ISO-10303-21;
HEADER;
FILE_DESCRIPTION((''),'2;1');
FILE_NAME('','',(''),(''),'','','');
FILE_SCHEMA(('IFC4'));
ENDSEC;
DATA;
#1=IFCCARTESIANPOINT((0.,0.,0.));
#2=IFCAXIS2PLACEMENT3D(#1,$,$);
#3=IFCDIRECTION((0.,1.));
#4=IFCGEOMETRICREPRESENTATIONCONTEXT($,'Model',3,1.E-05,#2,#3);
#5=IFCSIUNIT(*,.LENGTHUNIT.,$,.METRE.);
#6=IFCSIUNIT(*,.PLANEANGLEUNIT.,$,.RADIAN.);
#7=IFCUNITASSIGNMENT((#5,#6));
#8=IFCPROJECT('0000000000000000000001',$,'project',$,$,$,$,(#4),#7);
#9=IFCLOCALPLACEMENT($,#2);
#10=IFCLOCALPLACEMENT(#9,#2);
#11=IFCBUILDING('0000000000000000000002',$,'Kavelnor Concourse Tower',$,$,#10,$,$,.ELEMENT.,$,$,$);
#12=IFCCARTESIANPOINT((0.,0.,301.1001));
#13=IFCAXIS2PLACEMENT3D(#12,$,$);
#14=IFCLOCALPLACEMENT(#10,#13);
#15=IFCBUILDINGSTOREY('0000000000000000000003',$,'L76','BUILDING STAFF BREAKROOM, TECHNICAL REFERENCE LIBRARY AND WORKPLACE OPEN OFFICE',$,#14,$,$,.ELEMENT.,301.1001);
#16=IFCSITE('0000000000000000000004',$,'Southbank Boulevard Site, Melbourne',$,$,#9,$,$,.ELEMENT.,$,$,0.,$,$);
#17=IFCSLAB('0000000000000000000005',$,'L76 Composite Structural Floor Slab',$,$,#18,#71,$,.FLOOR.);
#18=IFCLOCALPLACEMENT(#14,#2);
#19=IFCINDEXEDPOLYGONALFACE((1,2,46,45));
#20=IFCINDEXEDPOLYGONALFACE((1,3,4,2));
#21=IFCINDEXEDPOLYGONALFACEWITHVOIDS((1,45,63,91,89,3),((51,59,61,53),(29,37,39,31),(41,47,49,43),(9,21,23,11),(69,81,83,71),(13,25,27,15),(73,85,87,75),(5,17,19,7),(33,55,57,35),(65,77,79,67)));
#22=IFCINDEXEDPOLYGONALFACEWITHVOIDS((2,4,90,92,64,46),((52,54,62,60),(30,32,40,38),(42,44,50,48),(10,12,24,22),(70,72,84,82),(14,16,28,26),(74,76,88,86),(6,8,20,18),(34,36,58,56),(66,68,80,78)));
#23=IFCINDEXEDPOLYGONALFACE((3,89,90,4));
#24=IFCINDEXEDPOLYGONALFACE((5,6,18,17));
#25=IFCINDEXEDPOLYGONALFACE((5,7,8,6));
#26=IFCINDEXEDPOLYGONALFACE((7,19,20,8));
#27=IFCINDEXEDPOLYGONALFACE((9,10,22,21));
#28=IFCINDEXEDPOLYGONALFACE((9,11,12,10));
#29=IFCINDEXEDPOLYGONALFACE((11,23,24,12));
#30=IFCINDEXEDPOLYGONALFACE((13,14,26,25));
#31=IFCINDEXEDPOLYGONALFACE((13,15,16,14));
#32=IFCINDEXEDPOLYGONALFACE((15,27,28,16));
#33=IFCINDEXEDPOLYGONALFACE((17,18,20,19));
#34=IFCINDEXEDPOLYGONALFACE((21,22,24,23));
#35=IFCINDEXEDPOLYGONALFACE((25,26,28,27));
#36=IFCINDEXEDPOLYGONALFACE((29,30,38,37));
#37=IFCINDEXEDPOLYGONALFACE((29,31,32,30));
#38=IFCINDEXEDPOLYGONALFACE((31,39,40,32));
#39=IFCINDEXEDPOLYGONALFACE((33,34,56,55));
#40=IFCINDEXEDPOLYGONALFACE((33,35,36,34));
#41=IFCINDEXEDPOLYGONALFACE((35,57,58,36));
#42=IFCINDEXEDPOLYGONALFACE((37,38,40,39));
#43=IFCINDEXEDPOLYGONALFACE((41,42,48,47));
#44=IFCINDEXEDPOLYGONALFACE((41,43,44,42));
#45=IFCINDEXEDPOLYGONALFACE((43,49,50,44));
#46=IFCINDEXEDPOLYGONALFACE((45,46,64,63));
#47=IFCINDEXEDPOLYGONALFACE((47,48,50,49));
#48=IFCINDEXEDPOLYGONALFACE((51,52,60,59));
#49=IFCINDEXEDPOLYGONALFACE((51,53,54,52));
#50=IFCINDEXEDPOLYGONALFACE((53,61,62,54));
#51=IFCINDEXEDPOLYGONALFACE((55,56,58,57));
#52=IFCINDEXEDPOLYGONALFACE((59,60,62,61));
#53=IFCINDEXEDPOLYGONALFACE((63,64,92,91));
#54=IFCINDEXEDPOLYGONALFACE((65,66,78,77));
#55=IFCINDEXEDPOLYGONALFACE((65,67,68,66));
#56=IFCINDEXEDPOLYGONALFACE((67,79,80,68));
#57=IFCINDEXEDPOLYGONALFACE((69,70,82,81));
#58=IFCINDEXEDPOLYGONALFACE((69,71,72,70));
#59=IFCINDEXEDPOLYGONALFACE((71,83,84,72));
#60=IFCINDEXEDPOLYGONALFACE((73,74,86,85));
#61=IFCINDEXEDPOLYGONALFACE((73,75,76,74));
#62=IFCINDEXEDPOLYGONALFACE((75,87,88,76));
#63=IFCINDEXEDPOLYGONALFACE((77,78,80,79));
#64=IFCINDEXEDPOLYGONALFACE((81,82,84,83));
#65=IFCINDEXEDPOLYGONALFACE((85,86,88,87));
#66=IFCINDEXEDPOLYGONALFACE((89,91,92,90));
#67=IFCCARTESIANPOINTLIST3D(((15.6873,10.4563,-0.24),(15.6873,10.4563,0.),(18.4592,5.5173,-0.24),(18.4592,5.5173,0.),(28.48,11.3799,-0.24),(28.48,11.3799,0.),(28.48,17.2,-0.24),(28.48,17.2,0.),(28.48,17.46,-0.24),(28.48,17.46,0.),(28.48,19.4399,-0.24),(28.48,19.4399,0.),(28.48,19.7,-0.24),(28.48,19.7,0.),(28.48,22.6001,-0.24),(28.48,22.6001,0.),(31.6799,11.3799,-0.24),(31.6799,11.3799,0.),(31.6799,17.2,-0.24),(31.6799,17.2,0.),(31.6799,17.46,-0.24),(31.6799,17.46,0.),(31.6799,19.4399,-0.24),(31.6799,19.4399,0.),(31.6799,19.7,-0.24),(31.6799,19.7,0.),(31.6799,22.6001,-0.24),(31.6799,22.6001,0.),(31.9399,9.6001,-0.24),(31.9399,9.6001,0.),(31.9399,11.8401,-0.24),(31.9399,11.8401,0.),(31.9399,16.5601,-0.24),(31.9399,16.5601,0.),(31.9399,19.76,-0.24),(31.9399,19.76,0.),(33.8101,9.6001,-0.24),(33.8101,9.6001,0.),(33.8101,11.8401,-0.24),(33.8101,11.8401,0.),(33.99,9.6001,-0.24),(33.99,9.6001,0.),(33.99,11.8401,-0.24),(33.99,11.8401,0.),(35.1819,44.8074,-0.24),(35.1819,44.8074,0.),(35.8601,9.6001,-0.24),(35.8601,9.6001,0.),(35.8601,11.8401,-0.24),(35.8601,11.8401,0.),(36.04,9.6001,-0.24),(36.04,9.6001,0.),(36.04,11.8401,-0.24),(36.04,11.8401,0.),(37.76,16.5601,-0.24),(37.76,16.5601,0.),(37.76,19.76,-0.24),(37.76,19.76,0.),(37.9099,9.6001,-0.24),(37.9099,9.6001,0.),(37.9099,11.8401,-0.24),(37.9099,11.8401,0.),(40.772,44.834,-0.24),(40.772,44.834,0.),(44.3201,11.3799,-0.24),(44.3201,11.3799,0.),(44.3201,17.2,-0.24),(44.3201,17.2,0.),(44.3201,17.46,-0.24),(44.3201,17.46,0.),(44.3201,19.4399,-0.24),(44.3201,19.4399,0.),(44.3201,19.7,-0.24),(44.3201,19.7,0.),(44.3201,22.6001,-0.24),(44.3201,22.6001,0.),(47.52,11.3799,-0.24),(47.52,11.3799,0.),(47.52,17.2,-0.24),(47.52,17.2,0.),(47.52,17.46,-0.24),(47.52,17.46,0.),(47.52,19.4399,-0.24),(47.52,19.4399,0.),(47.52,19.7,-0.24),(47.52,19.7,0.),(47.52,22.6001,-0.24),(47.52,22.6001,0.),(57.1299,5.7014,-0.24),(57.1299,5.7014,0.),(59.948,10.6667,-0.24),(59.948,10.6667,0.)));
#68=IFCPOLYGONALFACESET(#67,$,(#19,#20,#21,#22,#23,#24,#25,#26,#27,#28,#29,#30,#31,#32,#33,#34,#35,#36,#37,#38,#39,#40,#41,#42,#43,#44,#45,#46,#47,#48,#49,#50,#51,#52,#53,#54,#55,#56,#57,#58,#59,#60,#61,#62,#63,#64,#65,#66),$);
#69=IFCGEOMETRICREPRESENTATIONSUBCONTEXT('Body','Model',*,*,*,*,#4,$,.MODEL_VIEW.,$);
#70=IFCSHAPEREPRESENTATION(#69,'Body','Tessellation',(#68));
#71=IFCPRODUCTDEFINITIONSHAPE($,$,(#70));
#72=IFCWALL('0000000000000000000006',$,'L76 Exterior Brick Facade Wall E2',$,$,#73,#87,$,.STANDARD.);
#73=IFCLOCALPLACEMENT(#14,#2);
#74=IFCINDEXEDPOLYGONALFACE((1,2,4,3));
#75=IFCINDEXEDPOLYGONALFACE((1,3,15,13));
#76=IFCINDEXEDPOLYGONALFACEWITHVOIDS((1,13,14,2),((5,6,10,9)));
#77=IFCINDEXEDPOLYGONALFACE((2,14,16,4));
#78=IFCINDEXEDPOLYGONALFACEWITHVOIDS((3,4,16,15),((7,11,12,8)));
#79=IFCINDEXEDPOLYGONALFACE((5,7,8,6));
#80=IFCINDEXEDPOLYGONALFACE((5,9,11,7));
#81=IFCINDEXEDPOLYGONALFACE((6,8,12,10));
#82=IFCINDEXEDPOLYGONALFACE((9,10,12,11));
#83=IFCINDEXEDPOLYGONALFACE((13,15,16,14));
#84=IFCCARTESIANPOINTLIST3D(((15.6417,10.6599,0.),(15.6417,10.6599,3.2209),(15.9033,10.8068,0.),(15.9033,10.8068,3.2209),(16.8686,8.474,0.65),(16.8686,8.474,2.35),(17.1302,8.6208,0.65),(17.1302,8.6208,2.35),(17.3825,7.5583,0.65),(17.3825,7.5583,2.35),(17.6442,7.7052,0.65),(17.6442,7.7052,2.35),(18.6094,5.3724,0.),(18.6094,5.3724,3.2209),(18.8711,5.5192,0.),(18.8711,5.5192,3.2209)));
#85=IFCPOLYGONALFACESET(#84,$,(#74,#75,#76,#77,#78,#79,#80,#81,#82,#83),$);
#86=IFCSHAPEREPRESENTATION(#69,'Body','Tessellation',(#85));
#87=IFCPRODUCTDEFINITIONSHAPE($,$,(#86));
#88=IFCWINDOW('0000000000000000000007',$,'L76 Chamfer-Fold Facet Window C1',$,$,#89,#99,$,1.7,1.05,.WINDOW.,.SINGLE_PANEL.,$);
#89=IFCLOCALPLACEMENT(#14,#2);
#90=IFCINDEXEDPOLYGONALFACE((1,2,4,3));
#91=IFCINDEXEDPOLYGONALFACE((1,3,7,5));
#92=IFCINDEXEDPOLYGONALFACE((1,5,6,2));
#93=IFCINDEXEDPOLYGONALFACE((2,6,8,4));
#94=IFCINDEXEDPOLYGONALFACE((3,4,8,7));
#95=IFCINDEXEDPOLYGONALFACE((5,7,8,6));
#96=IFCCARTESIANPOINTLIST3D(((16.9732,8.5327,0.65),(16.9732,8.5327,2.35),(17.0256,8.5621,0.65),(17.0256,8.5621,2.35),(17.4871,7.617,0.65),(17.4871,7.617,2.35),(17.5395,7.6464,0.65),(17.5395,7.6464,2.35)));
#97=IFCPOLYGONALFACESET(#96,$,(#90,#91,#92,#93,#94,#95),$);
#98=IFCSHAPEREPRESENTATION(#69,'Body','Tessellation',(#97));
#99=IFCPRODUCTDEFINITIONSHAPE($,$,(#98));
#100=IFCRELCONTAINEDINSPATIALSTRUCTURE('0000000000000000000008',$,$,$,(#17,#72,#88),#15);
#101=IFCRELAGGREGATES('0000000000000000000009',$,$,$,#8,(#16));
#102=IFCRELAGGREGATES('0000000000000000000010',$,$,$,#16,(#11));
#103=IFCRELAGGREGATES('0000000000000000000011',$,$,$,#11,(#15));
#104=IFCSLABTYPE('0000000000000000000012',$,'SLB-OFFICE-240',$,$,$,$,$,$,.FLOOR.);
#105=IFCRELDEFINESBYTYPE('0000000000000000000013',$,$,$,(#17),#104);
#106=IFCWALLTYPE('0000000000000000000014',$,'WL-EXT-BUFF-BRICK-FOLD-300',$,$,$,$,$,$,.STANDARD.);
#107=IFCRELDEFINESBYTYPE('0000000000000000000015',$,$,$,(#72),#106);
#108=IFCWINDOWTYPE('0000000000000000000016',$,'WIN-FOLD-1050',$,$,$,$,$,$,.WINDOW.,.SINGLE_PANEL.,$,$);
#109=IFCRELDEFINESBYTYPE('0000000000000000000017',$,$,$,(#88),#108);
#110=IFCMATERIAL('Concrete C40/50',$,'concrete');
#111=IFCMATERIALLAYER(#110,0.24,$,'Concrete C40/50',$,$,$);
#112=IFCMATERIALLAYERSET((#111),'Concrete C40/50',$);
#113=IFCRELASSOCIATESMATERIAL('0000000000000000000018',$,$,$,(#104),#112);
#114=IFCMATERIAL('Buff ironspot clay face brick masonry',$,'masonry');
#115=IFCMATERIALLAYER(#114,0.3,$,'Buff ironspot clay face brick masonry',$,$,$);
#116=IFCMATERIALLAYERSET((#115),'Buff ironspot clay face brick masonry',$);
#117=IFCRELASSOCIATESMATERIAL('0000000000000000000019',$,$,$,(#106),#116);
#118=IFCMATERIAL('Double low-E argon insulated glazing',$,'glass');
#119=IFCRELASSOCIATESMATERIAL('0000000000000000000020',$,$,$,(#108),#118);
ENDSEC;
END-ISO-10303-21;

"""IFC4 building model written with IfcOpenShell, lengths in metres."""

from ifc_helpers import new_model, si_unit, direction, frame, frame_2d, origin, place, context, subcontext, project, spatial, polyline, rectangle, outline, extrude, material, layer, layer_set, type_object, element, fill, save


model = new_model("IFC4")

# Units and contexts
model_context = context("Model", 3, precision=1e-05, world=origin(), true_north=direction((0.0, 1.0)))
body_context = subcontext(model_context, "Body", "Model", "MODEL_VIEW")
ifc_project = project(units=[si_unit("LENGTHUNIT", "METRE"), si_unit("PLANEANGLEUNIT", "RADIAN")], contexts=[model_context])

# Site, building, storey
site_placement = place(None, origin())
site = spatial("IfcSite", under=ifc_project, at=site_placement, Name="Southbank Boulevard Site, Melbourne", CompositionType="ELEMENT", RefElevation=0.0)
building_placement = place(site_placement, origin())
building = spatial("IfcBuilding", under=site, at=building_placement, Name="Kavelnor Concourse Tower", CompositionType="ELEMENT")
storey_placement = place(building_placement, frame((0.0, 0.0, 301.1001)))
storey = spatial("IfcBuildingStorey", under=building, at=storey_placement, Name="L76", Description="BUILDING STAFF BREAKROOM, TECHNICAL REFERENCE LIBRARY AND WORKPLACE OPEN OFFICE", CompositionType="ELEMENT", Elevation=301.1001)

# Shared definitions
ifc_material_1 = material(Name="Concrete C40/50", Category="concrete")

# Slab
ifc_layer_1 = layer(ifc_material_1, 0.24, Name="Concrete C40/50")
ifc_layer_set_1 = layer_set([ifc_layer_1], Name="Concrete C40/50")
slab_type_1 = type_object("IfcSlabType", Name="SLB-OFFICE-240", PredefinedType="FLOOR", material=ifc_layer_set_1)
slab_1_placement = place(storey_placement, frame((0.0, 0.0, -0.24)))
element("IfcSlab", 1, at=slab_1_placement, inside=storey, type_object=slab_type_1, Name="L76 Composite Structural Floor Slab", PredefinedType="FLOOR", context=body_context, shape_type="SweptSolid", body=[
    extrude(outline(polyline([(40.772, 44.834), (35.1819, 44.8074), (15.6873, 10.4563), (18.4592, 5.5173), (57.1299, 5.7014), (59.948, 10.6667), (40.772, 44.834)]), holes=[polyline([(28.48, 11.3799), (31.6799, 11.3799), (31.6799, 17.2), (28.48, 17.2), (28.48, 11.3799)]), polyline([(44.3201, 11.3799), (47.52, 11.3799), (47.52, 17.2), (44.3201, 17.2), (44.3201, 11.3799)]), polyline([(31.9399, 16.5601), (37.76, 16.5601), (37.76, 19.76), (31.9399, 19.76), (31.9399, 16.5601)]), polyline([(28.48, 19.7), (31.6799, 19.7), (31.6799, 22.6001), (28.48, 22.6001), (28.48, 19.7)]), polyline([(44.3201, 19.7), (47.52, 19.7), (47.52, 22.6001), (44.3201, 22.6001), (44.3201, 19.7)]), polyline([(31.9399, 9.6001), (33.8101, 9.6001), (33.8101, 11.8401), (31.9399, 11.8401), (31.9399, 9.6001)]), polyline([(33.99, 9.6001), (35.8601, 9.6001), (35.8601, 11.8401), (33.99, 11.8401), (33.99, 9.6001)]), polyline([(36.04, 9.6001), (37.9099, 9.6001), (37.9099, 11.8401), (36.04, 11.8401), (36.04, 9.6001)]), polyline([(28.48, 17.46), (31.6799, 17.46), (31.6799, 19.4399), (28.48, 19.4399), (28.48, 17.46)]), polyline([(44.3201, 17.46), (47.52, 17.46), (47.52, 19.4399), (44.3201, 19.4399), (44.3201, 17.46)])]), origin(), (0.0, 0.0, 1.0), 0.24),
])

# Wall, opening, window
ifc_material_2 = material(Name="Buff ironspot clay face brick masonry", Category="masonry")
ifc_layer_2 = layer(ifc_material_2, 0.3, Name="Buff ironspot clay face brick masonry")
ifc_layer_set_2 = layer_set([ifc_layer_2], Name="Buff ironspot clay face brick masonry")
wall_type_1 = type_object("IfcWallType", Name="WL-EXT-BUFF-BRICK-FOLD-300", PredefinedType="STANDARD", material=ifc_layer_set_2)
wall_1_placement = place(storey_placement, frame((18.7402, 5.4458, 0.0), z_axis=(0.0, 0.0, 1.0), x_axis=(-0.489447, 0.872033, 0.0)))
wall_1 = element("IfcWall", 2, at=wall_1_placement, inside=storey, type_object=wall_type_1, Name="L76 Exterior Brick Facade Wall E2", PredefinedType="STANDARD", context=body_context, shape_type="SweptSolid", body=[
    extrude(rectangle(XDim=6.0635, YDim=0.3, at=frame_2d((3.0317, 0.0))), origin(), (0.0, 0.0, 1.0), 3.2209),
])
opening_1_placement = place(wall_1_placement, frame((2.5068, 0.0, 0.6499)))
opening_1 = element("IfcOpeningElement", 3, at=opening_1_placement, cuts=wall_1, PredefinedType="OPENING", context=body_context, shape_type="SweptSolid", body=[
    extrude(rectangle(XDim=1.05, YDim=1.7, at=frame_2d((0.5249, 0.8501))), frame((0.0, 0.1602, 0.0), z_axis=(0.0, -1.0, 0.0), x_axis=(1.0, 0.0, 0.0)), (0.0, 0.0, 1.0), 0.3201),
])
ifc_material_3 = material(Name="Double low-E argon insulated glazing", Category="glass")
window_type_1 = type_object("IfcWindowType", Name="WIN-FOLD-1050", PartitioningType="SINGLE_PANEL", PredefinedType="WINDOW", material=ifc_material_3)
window_1_placement = place(opening_1_placement, origin())
window_1 = element("IfcWindow", 4, at=window_1_placement, inside=storey, type_object=window_type_1, Name="L76 Chamfer-Fold Facet Window C1", OverallHeight=1.7, OverallWidth=1.05, PartitioningType="SINGLE_PANEL", PredefinedType="WINDOW", context=body_context, shape_type="SweptSolid", body=[
    extrude(rectangle(XDim=1.05, YDim=1.7, at=frame_2d((0.5249, 0.8501))), frame((0.0, 0.03, 0.0), z_axis=(0.0, -1.0, 0.0), x_axis=(1.0, 0.0, 0.0)), (0.0, 0.0, 1.0), 0.0601),
])
fill(opening_1, window_1)

save(model, "model.ifc")
